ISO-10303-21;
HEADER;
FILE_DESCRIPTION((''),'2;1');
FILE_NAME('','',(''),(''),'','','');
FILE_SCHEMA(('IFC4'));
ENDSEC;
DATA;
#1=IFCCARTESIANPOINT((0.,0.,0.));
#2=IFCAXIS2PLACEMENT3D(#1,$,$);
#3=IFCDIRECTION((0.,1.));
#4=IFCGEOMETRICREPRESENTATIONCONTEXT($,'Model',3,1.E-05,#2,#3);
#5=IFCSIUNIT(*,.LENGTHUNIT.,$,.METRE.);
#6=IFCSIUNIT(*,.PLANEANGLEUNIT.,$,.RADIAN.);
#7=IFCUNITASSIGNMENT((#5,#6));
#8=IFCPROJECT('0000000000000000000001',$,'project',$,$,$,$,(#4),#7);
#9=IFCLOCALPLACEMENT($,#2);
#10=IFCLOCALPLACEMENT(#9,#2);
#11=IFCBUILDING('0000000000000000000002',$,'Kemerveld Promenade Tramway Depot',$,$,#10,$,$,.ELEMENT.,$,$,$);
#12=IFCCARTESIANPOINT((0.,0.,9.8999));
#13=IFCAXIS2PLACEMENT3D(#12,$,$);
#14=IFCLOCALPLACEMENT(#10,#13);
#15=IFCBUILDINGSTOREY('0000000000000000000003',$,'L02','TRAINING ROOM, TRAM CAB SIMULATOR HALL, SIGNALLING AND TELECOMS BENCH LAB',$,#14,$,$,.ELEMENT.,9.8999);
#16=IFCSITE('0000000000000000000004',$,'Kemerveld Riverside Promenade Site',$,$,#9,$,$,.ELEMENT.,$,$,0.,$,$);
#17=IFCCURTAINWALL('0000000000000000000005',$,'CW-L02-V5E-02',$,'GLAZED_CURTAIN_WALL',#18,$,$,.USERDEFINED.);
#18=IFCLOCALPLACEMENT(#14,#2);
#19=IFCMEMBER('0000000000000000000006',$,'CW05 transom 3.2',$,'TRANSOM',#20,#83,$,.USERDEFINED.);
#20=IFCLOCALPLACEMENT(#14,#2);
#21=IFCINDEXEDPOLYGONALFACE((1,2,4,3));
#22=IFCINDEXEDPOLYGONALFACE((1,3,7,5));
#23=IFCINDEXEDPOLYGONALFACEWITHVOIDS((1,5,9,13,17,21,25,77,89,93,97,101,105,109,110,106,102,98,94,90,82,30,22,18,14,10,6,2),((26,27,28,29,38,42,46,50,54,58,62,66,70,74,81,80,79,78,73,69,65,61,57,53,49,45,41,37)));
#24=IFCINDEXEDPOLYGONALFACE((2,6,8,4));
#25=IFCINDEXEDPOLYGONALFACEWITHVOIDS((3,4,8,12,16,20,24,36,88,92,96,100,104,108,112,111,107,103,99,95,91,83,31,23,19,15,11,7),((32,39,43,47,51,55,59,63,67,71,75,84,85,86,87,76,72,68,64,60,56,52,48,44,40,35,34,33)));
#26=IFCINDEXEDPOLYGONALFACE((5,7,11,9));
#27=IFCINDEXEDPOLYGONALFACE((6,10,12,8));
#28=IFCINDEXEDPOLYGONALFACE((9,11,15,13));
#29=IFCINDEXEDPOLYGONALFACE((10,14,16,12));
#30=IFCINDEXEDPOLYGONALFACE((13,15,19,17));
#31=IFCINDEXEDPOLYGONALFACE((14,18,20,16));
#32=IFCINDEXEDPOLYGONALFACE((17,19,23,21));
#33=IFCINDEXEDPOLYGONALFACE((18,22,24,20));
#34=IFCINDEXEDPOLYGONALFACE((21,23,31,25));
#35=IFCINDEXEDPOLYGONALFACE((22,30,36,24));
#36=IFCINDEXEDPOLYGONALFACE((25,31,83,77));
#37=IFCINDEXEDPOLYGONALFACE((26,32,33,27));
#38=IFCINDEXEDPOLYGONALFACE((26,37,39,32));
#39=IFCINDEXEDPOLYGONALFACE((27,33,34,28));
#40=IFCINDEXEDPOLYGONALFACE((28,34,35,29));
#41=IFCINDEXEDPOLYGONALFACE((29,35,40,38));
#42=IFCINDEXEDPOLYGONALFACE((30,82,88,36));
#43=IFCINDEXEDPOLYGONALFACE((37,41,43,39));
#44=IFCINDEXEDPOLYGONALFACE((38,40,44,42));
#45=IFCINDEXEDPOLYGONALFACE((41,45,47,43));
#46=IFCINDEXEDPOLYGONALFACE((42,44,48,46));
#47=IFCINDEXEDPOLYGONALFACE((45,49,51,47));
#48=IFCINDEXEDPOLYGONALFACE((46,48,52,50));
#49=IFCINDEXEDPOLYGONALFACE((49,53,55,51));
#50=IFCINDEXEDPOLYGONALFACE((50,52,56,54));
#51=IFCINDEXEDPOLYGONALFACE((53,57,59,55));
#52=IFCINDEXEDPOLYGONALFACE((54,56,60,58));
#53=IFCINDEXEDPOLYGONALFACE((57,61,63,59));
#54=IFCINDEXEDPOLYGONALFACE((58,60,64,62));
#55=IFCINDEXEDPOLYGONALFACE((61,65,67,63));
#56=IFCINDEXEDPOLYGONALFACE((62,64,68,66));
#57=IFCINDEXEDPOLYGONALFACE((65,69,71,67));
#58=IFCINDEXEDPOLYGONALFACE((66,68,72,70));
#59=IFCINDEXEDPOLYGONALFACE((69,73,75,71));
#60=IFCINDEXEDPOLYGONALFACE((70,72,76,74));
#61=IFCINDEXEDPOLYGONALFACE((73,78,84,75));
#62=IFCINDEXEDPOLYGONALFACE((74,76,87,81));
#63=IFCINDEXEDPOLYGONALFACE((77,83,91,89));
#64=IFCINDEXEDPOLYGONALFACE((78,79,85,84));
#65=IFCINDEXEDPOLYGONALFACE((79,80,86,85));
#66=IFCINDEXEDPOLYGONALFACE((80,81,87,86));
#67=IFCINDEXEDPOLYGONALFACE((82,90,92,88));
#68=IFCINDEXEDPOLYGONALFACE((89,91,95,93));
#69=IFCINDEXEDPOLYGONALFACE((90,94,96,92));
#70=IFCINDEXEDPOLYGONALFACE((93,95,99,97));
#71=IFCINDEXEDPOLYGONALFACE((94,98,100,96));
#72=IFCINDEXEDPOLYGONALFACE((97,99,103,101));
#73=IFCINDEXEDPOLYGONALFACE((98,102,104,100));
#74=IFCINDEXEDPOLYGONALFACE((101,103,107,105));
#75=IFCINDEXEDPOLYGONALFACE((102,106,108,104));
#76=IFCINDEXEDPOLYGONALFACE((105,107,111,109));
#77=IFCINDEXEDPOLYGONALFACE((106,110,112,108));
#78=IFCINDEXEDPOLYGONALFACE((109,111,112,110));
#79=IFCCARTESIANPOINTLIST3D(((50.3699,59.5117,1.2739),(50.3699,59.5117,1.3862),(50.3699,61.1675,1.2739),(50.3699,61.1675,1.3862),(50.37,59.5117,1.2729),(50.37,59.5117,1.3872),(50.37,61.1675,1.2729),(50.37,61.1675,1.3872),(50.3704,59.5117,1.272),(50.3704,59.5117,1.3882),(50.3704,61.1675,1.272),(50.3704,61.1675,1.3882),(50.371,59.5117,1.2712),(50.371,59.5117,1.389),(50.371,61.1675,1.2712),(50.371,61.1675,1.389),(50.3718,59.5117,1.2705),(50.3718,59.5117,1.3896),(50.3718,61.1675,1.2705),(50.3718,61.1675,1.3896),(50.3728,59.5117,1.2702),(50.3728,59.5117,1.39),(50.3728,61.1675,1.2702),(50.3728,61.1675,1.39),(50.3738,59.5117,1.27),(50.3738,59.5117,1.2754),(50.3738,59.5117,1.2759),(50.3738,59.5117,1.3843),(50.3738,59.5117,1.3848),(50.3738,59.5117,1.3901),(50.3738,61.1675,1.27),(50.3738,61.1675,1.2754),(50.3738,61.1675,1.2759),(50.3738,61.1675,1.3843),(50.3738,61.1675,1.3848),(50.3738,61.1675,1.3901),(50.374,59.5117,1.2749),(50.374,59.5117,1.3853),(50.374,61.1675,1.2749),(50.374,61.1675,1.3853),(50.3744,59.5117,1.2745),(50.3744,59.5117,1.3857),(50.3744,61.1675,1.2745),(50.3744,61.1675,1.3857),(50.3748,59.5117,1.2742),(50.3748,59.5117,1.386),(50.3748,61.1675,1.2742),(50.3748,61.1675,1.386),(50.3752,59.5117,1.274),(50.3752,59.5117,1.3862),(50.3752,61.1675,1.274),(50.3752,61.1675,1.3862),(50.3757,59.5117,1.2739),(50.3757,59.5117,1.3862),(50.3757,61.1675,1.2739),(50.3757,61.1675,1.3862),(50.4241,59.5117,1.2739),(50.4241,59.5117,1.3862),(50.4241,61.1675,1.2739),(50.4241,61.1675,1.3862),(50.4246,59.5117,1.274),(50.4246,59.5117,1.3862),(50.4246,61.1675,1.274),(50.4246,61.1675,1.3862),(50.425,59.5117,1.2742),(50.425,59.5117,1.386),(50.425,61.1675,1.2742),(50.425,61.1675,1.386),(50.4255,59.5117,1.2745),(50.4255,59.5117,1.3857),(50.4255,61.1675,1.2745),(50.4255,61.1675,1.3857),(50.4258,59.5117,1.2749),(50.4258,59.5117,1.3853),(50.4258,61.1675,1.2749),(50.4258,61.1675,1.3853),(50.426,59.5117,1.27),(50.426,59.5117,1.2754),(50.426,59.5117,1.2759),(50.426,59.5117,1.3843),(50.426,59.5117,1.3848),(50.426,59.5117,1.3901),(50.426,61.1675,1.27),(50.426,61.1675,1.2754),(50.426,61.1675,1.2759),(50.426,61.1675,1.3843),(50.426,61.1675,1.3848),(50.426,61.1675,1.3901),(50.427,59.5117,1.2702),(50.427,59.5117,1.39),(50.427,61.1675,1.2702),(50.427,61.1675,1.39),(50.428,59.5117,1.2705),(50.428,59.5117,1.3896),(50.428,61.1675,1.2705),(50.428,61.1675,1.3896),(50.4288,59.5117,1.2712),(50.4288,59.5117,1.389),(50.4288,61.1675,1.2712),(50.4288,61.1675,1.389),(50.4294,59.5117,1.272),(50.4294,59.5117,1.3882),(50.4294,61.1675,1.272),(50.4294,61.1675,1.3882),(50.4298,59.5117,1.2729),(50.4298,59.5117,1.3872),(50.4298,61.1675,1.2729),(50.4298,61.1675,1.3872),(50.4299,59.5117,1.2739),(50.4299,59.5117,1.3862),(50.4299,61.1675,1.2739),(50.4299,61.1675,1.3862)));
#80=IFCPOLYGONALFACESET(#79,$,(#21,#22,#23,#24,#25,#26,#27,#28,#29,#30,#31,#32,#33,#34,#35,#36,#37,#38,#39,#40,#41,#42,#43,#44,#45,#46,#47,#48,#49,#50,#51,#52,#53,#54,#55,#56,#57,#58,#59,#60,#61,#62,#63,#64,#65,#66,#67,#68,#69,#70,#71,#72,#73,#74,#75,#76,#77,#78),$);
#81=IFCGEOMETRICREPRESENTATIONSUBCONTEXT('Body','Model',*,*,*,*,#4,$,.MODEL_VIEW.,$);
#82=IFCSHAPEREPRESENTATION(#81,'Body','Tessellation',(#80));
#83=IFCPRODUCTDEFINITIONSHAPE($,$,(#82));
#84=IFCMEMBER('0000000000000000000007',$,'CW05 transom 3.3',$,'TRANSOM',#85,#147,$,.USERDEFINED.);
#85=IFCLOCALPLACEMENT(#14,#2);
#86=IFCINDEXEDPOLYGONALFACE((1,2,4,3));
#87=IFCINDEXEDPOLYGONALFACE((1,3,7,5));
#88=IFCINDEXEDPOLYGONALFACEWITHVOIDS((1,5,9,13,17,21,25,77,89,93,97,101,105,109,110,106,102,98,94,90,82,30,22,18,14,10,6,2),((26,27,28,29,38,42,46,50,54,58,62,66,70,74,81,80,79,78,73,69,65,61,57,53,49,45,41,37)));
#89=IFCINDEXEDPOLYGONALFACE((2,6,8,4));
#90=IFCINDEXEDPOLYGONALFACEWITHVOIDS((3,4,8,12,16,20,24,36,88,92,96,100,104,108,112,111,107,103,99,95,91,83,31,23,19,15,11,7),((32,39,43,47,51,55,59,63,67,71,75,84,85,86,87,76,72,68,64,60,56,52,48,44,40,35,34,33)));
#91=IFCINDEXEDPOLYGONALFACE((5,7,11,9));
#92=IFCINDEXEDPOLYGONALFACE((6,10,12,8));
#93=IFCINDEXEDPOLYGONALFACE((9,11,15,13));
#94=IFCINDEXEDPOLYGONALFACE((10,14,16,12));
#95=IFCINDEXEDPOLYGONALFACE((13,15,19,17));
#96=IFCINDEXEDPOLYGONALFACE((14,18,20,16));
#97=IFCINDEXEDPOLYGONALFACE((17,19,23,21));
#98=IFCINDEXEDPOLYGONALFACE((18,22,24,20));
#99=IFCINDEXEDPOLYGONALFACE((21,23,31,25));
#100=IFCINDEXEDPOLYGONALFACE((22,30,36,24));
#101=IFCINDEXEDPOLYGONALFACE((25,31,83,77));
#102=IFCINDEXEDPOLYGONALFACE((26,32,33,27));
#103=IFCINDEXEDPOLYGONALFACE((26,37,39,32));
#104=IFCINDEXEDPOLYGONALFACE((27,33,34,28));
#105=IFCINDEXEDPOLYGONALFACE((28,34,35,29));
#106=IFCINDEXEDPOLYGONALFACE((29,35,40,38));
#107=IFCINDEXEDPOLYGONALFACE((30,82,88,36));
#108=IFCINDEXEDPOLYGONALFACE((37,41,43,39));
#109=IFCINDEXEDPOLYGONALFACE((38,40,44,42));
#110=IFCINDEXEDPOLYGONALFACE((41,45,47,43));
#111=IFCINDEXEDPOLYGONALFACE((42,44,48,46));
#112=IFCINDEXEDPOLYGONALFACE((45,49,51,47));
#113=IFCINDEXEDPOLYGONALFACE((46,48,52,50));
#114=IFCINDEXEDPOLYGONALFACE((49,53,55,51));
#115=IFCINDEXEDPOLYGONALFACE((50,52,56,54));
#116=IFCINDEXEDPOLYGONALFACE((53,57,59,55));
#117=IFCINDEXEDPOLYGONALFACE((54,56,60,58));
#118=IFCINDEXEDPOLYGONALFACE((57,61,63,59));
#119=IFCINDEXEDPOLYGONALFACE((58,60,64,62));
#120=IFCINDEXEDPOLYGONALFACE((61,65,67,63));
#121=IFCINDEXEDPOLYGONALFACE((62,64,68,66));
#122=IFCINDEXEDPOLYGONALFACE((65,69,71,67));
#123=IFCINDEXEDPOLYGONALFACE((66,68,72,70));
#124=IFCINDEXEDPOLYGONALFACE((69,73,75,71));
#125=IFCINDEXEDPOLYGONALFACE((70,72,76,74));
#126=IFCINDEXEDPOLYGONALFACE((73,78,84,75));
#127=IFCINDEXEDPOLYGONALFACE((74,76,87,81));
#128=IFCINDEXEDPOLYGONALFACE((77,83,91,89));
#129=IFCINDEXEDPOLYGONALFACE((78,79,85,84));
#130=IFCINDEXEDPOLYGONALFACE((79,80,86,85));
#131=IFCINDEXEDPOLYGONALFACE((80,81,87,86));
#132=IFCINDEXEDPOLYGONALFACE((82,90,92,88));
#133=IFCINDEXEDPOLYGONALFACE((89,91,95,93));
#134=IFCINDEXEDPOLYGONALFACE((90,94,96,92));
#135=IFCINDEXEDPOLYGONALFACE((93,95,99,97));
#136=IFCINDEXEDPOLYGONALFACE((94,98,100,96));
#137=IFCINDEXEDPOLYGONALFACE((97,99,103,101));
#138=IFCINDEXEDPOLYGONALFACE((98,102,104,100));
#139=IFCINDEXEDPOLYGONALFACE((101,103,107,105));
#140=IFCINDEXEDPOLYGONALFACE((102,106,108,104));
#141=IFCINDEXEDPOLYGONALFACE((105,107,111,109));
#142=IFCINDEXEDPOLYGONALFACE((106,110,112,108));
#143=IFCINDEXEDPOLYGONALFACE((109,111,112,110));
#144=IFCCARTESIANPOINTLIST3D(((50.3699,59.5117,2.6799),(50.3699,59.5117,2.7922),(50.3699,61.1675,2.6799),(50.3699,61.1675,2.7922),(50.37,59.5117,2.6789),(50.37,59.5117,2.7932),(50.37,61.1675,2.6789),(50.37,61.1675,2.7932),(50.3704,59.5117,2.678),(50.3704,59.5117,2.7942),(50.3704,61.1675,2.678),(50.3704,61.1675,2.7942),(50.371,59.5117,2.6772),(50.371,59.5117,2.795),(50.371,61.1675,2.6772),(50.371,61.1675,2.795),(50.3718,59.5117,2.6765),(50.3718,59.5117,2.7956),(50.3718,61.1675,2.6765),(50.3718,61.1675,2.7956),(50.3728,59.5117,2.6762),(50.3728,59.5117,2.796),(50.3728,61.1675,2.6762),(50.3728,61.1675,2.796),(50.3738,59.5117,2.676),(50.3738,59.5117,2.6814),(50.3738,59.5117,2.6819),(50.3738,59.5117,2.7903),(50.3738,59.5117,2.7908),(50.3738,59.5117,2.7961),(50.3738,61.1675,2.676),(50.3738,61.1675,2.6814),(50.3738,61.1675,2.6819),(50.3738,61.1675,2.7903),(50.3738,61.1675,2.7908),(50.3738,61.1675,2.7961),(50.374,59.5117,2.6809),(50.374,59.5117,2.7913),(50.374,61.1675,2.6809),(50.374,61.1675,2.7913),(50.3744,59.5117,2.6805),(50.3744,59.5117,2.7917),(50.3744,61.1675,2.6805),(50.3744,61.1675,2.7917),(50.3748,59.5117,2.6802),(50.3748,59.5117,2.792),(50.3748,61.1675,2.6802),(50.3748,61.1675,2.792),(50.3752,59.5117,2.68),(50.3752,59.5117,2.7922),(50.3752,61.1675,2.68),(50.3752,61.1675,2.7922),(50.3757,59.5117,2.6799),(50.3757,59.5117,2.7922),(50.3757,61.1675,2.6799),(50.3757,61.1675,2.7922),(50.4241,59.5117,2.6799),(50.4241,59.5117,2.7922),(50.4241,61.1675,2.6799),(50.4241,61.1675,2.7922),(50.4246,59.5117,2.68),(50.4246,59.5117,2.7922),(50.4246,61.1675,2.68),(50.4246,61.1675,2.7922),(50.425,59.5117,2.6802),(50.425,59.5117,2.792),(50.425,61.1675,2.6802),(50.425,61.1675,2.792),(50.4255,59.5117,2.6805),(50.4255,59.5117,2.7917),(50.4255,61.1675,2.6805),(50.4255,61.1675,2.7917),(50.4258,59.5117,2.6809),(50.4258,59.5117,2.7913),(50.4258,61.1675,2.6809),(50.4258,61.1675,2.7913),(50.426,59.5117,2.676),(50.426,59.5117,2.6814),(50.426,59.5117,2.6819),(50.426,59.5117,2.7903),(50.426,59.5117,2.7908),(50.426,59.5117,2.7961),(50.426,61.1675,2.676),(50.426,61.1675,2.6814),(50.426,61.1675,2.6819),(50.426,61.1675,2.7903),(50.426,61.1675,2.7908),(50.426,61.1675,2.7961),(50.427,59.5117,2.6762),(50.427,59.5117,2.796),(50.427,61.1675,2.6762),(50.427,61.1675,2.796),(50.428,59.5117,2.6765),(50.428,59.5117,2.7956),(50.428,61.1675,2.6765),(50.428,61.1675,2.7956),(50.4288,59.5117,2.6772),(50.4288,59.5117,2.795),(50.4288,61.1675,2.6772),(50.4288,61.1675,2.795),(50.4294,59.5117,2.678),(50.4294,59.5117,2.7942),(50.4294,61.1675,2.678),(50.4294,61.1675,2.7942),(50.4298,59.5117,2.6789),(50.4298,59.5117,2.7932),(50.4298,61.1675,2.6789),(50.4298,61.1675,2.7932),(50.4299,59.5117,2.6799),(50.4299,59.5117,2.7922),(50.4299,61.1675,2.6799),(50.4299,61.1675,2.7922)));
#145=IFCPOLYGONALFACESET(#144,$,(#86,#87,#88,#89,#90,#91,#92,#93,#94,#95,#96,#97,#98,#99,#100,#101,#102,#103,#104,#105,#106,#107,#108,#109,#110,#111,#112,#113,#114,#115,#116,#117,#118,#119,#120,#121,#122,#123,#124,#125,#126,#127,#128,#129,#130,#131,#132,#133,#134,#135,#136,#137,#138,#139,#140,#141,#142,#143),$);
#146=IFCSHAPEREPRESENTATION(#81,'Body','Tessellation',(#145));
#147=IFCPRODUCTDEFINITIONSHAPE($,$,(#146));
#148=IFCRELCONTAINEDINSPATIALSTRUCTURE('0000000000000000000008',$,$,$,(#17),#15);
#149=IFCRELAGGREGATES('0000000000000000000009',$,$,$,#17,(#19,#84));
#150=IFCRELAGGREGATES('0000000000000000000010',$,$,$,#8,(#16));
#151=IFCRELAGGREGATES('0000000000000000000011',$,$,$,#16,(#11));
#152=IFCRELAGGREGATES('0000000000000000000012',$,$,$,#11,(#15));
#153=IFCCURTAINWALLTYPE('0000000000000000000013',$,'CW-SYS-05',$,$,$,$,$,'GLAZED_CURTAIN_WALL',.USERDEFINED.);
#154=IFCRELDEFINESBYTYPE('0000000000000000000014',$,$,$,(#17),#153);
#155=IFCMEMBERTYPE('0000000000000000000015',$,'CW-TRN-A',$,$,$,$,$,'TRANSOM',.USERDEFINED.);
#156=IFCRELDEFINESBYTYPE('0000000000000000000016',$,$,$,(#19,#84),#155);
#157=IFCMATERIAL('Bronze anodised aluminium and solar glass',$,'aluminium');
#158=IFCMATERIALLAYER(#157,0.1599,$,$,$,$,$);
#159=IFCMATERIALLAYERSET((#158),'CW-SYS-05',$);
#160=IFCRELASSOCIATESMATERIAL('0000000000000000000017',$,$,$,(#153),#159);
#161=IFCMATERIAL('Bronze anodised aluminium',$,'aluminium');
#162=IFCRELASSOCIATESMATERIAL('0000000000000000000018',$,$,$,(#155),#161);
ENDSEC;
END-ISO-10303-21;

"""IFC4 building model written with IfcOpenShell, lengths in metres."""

from ifc_helpers import new_model, si_unit, direction, frame, origin, origin_2d, place, context, subcontext, project, spatial, hollow_rectangle, extrude, material, layer, layer_set, material_profile, profile_set, type_object, element, aggregate, save


model = new_model("IFC4")

# Units and contexts
model_context = context("Model", 3, precision=1e-05, world=origin(), true_north=direction((0.0, 1.0)))
body_context = subcontext(model_context, "Body", "Model", "MODEL_VIEW")
ifc_project = project(units=[si_unit("LENGTHUNIT", "METRE"), si_unit("PLANEANGLEUNIT", "RADIAN")], contexts=[model_context])

# Site, building, storey
site_placement = place(None, origin())
site = spatial("IfcSite", under=ifc_project, at=site_placement, Name="Kemerveld Riverside Promenade Site", CompositionType="ELEMENT", RefElevation=0.0)
building_placement = place(site_placement, origin())
building = spatial("IfcBuilding", under=site, at=building_placement, Name="Kemerveld Promenade Tramway Depot", CompositionType="ELEMENT")
storey_placement = place(building_placement, frame((0.0, 0.0, 9.8999)))
storey = spatial("IfcBuildingStorey", under=building, at=storey_placement, Name="L02", Description="TRAINING ROOM, TRAM CAB SIMULATOR HALL, SIGNALLING AND TELECOMS BENCH LAB", CompositionType="ELEMENT", Elevation=9.8999)

# Curtain wall, members
ifc_material_1 = material(Name="Bronze anodised aluminium and solar glass", Category="aluminium")
ifc_layer_1 = layer(ifc_material_1, 0.1599)
ifc_layer_set_1 = layer_set([ifc_layer_1], Name="CW-SYS-05")
curtain_wall_type = type_object("IfcCurtainWallType", Name="CW-SYS-05", ElementType="GLAZED_CURTAIN_WALL", PredefinedType="USERDEFINED", material=ifc_layer_set_1)
curtain_wall_placement = place(storey_placement, origin())
curtain_wall = element("IfcCurtainWall", 1, at=curtain_wall_placement, inside=storey, type_object=curtain_wall_type, Name="CW-L02-V5E-02", ObjectType="GLAZED_CURTAIN_WALL", PredefinedType="USERDEFINED")
ifc_material_2 = material(Name="Bronze anodised aluminium", Category="aluminium")
ifc_material_profile_1 = material_profile(ifc_material_2, hollow_rectangle(XDim=0.0601, YDim=0.1201, WallThickness=0.0039, InnerFilletRadius=0.002, OuterFilletRadius=0.0039, at=origin_2d()), Name="CW-TRN-120x60")
ifc_profile_set_1 = profile_set([ifc_material_profile_1], Name="Bronze anodised aluminium")
member_type_1 = type_object("IfcMemberType", Name="CW-TRN-A", ElementType="TRANSOM", PredefinedType="USERDEFINED", material=ifc_profile_set_1)
member_1_placement = place(storey_placement, frame((50.3999, 61.1675, 1.3301), z_axis=(0.0, -1.0, 0.0), x_axis=(1.0, 0.0, 0.0)))
member_1 = element("IfcMember", 2, at=member_1_placement, type_object=member_type_1, Name="CW05 transom 3.2", ObjectType="TRANSOM", PredefinedType="USERDEFINED", context=body_context, shape_type="SweptSolid", body=[
    extrude(hollow_rectangle(XDim=0.0601, YDim=0.1201, WallThickness=0.0039, InnerFilletRadius=0.002, OuterFilletRadius=0.0039, at=origin_2d()), origin(), (0.0, 0.0, 1.0), 1.6558),
])
member_2_placement = place(storey_placement, frame((50.3999, 61.1675, 2.7361), z_axis=(0.0, -1.0, 0.0), x_axis=(1.0, 0.0, 0.0)))
member_2 = element("IfcMember", 3, at=member_2_placement, type_object=member_type_1, Name="CW05 transom 3.3", ObjectType="TRANSOM", PredefinedType="USERDEFINED", context=body_context, shape_type="SweptSolid", body=[
    extrude(hollow_rectangle(XDim=0.0601, YDim=0.1201, WallThickness=0.0039, InnerFilletRadius=0.002, OuterFilletRadius=0.0039, at=origin_2d()), origin(), (0.0, 0.0, 1.0), 1.6558),
])
aggregate(curtain_wall, [member_1, member_2])

save(model, "model.ifc")
